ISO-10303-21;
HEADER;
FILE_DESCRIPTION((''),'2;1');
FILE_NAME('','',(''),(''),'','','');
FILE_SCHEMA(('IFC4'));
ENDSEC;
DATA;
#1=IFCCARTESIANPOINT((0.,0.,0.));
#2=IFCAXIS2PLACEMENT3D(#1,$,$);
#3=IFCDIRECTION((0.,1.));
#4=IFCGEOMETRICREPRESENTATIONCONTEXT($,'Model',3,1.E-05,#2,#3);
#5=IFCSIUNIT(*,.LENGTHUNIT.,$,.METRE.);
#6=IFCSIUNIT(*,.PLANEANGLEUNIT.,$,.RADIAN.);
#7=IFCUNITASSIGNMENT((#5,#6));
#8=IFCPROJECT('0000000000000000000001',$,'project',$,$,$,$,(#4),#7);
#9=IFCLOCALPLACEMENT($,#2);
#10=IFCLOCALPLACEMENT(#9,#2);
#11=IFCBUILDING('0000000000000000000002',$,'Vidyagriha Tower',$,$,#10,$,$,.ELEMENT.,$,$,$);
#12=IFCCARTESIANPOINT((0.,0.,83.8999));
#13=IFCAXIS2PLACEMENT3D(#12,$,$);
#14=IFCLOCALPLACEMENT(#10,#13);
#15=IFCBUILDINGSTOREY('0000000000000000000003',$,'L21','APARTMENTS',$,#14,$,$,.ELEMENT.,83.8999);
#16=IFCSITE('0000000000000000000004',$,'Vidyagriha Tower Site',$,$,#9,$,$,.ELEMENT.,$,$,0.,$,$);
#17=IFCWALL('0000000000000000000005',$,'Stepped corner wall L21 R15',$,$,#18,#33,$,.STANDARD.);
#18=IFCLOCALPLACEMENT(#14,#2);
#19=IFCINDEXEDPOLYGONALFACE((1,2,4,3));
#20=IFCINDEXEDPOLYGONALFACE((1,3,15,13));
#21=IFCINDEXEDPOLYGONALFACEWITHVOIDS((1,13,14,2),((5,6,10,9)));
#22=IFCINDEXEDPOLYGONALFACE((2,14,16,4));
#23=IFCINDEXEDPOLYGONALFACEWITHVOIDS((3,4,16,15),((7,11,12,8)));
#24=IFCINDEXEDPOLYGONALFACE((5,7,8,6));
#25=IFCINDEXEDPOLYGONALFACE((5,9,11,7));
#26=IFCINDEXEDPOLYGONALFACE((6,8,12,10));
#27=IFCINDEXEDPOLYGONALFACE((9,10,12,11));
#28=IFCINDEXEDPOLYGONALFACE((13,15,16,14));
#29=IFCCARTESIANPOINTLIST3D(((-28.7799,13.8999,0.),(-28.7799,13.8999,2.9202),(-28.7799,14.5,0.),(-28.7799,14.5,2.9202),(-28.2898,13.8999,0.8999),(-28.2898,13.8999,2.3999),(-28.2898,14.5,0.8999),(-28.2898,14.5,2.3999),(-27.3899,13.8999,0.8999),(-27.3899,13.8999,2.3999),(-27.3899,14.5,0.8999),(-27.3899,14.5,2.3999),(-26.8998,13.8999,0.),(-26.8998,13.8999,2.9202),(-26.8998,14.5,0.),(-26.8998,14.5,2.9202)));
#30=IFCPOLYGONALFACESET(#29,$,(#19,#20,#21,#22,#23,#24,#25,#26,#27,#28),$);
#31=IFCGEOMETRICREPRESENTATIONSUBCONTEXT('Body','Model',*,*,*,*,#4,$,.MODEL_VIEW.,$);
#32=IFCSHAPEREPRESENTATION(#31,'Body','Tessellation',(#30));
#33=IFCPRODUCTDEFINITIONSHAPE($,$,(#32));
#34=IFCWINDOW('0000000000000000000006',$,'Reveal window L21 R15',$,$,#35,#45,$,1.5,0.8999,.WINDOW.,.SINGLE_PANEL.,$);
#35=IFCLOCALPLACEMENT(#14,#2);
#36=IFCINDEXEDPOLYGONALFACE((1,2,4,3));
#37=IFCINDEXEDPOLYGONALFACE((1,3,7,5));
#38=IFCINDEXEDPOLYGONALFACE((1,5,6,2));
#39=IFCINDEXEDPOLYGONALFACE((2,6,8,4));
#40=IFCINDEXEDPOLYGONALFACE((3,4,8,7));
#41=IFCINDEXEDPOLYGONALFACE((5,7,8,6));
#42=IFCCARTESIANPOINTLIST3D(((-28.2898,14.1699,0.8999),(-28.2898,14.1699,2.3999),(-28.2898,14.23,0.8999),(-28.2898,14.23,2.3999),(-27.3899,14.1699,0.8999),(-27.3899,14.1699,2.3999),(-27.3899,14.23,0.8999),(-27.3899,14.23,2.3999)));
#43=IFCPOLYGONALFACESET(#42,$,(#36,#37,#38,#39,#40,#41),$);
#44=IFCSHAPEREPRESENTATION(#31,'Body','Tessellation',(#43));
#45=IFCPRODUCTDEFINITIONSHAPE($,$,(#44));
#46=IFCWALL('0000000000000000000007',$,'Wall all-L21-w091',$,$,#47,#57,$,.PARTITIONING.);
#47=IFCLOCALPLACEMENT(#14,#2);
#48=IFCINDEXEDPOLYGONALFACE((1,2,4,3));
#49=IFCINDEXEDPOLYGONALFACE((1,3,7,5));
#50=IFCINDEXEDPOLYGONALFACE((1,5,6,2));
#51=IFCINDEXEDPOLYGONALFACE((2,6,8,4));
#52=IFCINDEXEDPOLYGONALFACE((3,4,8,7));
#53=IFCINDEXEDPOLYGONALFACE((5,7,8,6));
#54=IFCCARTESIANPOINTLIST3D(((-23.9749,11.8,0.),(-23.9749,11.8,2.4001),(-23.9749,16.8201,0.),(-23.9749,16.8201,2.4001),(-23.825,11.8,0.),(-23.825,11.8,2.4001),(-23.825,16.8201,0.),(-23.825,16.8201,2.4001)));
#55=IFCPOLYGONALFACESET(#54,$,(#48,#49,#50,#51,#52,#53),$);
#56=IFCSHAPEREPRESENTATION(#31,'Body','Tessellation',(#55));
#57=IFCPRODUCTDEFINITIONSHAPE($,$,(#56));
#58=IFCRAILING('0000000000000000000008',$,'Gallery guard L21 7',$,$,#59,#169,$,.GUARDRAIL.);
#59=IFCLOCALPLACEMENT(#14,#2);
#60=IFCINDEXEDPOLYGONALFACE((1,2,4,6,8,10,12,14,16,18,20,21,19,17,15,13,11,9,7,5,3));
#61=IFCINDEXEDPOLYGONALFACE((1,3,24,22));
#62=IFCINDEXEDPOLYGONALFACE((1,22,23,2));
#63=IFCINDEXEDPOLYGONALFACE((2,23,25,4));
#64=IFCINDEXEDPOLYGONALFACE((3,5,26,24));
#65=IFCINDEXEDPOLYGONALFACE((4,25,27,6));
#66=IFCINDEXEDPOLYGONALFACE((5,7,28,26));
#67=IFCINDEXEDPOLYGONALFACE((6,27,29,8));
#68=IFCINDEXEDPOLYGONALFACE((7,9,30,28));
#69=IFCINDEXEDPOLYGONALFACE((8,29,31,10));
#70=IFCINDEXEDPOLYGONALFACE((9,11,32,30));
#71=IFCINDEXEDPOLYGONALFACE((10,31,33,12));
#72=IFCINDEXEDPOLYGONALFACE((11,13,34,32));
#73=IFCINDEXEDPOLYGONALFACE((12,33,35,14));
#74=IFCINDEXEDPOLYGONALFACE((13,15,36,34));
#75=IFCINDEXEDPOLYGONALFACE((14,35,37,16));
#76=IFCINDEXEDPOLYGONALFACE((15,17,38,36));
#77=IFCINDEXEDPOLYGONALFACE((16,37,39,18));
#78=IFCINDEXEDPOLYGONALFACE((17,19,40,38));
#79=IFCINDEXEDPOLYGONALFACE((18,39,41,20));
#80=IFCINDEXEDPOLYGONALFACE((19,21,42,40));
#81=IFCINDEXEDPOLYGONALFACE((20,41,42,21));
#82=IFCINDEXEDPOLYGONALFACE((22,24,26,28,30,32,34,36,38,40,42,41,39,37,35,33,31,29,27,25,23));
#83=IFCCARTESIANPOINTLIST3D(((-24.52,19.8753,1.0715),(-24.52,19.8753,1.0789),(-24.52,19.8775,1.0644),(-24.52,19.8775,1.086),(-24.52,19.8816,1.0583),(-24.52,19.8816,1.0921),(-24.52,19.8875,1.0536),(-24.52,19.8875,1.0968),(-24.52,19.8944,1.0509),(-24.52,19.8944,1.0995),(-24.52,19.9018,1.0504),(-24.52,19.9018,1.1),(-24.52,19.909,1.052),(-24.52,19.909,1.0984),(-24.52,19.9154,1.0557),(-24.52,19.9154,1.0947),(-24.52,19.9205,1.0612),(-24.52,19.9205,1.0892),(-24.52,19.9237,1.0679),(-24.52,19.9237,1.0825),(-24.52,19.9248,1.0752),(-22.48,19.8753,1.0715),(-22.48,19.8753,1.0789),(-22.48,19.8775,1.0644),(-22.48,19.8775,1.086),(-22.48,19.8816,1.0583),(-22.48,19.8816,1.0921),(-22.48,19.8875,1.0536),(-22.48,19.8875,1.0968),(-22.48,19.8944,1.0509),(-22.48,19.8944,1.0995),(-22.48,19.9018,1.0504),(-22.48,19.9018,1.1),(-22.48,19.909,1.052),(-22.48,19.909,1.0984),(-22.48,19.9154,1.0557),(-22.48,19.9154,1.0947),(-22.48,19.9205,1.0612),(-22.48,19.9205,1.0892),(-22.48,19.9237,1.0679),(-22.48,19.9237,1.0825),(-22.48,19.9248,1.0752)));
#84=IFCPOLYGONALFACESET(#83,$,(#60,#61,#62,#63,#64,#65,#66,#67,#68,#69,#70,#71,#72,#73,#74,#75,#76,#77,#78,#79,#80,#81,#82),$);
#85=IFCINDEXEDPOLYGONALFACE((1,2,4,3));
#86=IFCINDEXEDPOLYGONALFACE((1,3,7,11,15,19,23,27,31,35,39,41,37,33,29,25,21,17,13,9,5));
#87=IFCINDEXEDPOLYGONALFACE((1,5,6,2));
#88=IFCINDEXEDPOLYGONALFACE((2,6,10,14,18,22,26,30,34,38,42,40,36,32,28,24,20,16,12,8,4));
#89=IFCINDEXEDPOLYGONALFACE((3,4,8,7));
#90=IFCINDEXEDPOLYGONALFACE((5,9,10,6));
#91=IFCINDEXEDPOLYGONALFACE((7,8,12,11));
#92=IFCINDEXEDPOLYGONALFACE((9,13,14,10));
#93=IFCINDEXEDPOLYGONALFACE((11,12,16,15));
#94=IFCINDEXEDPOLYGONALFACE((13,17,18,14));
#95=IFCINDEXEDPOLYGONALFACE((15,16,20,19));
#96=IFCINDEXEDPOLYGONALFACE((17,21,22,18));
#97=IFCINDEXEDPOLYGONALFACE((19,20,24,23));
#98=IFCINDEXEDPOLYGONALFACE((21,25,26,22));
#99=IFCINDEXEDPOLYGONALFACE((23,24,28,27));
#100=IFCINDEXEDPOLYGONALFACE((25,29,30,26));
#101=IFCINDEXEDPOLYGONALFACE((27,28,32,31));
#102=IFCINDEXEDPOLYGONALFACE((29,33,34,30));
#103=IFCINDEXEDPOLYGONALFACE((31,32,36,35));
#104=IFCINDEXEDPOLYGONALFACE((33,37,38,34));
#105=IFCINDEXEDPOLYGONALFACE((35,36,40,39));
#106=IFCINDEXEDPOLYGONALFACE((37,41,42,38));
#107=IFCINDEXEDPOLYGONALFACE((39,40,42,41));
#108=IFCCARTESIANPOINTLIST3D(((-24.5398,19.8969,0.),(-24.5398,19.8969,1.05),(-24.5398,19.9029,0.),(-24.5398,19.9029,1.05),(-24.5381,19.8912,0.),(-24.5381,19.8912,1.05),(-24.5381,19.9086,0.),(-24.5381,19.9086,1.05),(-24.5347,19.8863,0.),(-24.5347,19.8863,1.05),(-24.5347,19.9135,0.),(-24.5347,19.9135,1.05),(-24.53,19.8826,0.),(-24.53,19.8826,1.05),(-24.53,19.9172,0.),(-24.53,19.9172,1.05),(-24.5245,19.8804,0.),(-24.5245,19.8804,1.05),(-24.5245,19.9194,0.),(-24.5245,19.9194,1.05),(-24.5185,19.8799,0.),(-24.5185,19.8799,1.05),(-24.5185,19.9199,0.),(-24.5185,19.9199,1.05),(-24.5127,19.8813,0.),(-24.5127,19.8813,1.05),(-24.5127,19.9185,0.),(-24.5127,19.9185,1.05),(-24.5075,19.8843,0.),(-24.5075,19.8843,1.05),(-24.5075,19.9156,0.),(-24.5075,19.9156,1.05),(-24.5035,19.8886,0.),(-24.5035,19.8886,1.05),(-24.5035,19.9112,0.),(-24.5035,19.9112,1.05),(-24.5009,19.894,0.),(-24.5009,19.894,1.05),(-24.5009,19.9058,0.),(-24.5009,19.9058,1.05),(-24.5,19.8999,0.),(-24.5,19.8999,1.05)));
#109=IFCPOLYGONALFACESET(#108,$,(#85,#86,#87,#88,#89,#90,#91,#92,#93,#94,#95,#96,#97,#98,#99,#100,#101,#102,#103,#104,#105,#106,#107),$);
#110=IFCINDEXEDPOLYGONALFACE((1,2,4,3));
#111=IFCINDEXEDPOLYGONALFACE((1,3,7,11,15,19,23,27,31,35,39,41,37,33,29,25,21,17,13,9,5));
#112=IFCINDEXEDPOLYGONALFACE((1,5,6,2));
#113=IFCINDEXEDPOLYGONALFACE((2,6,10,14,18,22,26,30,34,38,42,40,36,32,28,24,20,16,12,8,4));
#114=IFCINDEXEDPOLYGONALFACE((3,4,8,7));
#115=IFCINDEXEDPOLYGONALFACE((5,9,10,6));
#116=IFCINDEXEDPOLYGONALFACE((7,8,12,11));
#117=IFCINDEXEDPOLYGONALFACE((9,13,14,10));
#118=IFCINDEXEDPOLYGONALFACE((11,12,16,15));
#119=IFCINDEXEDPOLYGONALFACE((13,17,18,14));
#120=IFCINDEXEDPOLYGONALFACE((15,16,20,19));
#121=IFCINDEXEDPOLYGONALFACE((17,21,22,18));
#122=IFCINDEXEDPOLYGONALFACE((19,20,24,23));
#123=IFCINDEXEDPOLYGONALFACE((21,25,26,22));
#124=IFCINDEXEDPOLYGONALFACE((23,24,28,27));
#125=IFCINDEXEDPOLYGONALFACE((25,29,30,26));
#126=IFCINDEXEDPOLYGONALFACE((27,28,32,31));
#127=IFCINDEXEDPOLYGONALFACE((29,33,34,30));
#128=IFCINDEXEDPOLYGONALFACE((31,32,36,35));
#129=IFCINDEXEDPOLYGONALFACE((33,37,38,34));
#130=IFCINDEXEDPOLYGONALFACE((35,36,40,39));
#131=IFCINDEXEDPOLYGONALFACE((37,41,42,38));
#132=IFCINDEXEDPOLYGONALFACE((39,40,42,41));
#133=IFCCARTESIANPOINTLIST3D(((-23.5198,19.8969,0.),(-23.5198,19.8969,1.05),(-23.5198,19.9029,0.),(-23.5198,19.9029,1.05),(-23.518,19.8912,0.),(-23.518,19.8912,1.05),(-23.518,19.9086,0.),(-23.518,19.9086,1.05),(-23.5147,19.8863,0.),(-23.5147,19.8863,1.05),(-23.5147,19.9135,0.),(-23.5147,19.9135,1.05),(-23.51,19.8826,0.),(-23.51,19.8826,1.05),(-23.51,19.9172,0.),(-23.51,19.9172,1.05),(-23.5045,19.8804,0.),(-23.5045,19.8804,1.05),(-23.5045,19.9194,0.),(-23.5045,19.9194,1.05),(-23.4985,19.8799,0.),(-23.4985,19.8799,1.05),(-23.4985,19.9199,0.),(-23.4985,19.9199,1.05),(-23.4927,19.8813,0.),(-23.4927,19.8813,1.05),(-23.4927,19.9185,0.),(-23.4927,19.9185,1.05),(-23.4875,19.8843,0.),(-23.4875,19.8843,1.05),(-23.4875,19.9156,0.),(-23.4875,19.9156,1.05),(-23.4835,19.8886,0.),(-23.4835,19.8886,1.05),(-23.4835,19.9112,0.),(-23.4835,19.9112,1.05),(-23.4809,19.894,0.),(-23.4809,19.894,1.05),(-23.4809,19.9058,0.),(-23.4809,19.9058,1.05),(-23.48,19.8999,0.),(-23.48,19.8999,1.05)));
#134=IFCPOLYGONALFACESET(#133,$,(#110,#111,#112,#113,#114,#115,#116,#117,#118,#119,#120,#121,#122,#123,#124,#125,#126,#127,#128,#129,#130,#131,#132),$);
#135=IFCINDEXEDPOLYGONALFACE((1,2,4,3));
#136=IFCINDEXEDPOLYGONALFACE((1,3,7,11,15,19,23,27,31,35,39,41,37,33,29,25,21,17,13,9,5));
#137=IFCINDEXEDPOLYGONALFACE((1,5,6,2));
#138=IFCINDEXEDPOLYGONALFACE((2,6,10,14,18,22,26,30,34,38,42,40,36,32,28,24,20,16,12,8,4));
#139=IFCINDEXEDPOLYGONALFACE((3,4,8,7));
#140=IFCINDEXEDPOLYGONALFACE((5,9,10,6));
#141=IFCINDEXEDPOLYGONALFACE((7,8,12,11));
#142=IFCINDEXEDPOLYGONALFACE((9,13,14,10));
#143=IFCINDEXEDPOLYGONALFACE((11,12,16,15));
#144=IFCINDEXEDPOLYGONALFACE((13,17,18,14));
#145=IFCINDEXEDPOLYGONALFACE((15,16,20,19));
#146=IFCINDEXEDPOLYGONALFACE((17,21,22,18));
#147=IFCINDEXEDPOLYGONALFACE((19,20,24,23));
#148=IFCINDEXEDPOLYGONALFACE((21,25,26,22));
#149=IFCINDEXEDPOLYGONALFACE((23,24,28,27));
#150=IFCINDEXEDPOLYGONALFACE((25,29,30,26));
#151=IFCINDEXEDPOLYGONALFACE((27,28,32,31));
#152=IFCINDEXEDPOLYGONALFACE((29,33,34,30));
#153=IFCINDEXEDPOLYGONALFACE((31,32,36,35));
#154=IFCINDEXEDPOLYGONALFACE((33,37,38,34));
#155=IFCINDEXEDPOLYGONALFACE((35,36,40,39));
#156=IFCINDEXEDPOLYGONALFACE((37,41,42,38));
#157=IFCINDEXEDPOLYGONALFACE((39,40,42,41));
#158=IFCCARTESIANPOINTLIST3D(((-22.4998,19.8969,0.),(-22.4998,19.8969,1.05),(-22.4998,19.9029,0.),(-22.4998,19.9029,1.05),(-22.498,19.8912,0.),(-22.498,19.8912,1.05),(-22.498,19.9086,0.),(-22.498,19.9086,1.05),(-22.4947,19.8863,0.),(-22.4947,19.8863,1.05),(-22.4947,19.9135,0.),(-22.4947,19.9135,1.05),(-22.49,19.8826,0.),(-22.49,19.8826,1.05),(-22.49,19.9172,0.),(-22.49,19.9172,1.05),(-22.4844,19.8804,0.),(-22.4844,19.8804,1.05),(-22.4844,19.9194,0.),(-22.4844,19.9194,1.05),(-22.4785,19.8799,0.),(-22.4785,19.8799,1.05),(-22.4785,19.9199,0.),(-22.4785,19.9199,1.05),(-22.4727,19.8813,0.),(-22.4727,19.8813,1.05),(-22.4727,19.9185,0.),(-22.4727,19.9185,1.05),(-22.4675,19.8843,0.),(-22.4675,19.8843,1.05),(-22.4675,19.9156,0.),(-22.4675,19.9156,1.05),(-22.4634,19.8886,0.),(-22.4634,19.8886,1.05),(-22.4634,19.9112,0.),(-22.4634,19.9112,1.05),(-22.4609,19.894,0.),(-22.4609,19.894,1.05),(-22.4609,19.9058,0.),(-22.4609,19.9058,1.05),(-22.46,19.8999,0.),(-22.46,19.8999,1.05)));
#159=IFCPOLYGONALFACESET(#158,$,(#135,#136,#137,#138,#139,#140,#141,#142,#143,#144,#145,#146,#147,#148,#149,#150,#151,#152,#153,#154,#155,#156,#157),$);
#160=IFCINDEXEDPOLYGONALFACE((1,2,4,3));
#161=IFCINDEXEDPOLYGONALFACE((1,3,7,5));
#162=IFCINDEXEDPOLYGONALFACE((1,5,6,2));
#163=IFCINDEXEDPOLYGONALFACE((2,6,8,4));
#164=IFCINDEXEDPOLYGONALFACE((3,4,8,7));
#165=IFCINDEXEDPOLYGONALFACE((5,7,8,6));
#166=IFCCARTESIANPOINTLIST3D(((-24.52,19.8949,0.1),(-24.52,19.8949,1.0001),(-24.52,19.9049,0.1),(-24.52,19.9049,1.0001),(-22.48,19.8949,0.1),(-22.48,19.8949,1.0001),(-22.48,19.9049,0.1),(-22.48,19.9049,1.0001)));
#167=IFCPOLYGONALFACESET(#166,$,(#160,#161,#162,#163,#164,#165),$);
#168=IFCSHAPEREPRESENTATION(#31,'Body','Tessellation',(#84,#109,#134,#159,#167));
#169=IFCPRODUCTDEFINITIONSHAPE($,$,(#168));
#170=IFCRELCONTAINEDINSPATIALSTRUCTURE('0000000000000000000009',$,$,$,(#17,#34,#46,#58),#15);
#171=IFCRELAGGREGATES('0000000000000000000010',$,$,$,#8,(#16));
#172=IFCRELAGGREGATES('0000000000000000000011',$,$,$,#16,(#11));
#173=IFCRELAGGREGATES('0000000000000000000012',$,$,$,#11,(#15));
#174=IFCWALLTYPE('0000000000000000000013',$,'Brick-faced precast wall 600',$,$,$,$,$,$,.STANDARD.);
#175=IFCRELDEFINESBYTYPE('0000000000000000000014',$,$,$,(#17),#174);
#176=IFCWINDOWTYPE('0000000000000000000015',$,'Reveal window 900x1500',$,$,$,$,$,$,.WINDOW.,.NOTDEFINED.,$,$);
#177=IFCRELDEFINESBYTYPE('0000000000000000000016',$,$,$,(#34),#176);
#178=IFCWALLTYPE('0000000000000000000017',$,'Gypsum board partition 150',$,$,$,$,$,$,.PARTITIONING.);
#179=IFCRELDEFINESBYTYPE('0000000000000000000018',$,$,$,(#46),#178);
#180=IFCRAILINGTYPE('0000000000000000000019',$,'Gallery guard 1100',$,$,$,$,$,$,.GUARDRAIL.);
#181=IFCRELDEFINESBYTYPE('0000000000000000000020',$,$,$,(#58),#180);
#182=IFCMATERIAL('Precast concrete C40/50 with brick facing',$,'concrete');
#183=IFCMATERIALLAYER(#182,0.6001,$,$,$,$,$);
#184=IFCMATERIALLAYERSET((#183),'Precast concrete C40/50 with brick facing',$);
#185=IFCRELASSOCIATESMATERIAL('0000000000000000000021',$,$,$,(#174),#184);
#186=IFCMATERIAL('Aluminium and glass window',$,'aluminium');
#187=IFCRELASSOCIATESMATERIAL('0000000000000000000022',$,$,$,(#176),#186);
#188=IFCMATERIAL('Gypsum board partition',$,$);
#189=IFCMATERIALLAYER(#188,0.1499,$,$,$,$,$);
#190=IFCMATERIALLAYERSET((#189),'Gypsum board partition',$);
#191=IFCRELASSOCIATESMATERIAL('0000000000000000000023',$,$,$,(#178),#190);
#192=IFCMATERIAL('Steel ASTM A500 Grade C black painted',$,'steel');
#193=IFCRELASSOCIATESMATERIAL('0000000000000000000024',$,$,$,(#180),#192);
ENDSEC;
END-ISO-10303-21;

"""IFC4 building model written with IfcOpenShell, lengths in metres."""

from ifc_helpers import new_model, si_unit, direction, frame, frame_2d, origin, origin_2d, place, context, subcontext, project, spatial, rectangle, circle, extrude, material, layer, layer_set, type_object, element, fill, save


model = new_model("IFC4")

# Units and contexts
model_context = context("Model", 3, precision=1e-05, world=origin(), true_north=direction((0.0, 1.0)))
body_context = subcontext(model_context, "Body", "Model", "MODEL_VIEW")
ifc_project = project(units=[si_unit("LENGTHUNIT", "METRE"), si_unit("PLANEANGLEUNIT", "RADIAN")], contexts=[model_context])

# Site, building, storey
site_placement = place(None, origin())
site = spatial("IfcSite", under=ifc_project, at=site_placement, Name="Vidyagriha Tower Site", CompositionType="ELEMENT", RefElevation=0.0)
building_placement = place(site_placement, origin())
building = spatial("IfcBuilding", under=site, at=building_placement, Name="Vidyagriha Tower", CompositionType="ELEMENT")
storey_placement = place(building_placement, frame((0.0, 0.0, 83.8999)))
storey = spatial("IfcBuildingStorey", under=building, at=storey_placement, Name="L21", Description="APARTMENTS", CompositionType="ELEMENT", Elevation=83.8999)

# Shared definitions
ifc_material_1 = material(Name="Precast concrete C40/50 with brick facing", Category="concrete")
ifc_layer_1 = layer(ifc_material_1, 0.6001)
ifc_layer_set_1 = layer_set([ifc_layer_1], Name="Precast concrete C40/50 with brick facing")
wall_type_1 = type_object("IfcWallType", Name="Brick-faced precast wall 600", PredefinedType="STANDARD", material=ifc_layer_set_1)

# Shared definitions
ifc_material_2 = material(Name="Aluminium and glass window", Category="aluminium")
window_type = type_object("IfcWindowType", Name="Reveal window 900x1500", PartitioningType="NOTDEFINED", PredefinedType="WINDOW", material=ifc_material_2)

# Wall, opening, window
wall_1_placement = place(storey_placement, frame((-26.8999, 14.2, 0.0), z_axis=(0.0, 0.0, 1.0), x_axis=(-1.0, 0.0, 0.0)))
wall_1 = element("IfcWall", 1, at=wall_1_placement, inside=storey, type_object=wall_type_1, Name="Stepped corner wall L21 R15", PredefinedType="STANDARD", context=body_context, shape_type="SweptSolid", body=[
    extrude(rectangle(XDim=1.8801, YDim=0.6001, at=frame_2d((0.9399, 0.0))), origin(), (0.0, 0.0, 1.0), 2.9202),
])
opening_1_placement = place(wall_1_placement, frame((0.49, 0.0, 0.8999)))
opening_1 = element("IfcOpeningElement", 2, at=opening_1_placement, cuts=wall_1, PredefinedType="OPENING", context=body_context, shape_type="SweptSolid", body=[
    extrude(rectangle(XDim=0.8999, YDim=1.5, at=frame_2d((0.45, 0.75))), frame((0.0, 0.3101, 0.0), z_axis=(0.0, -1.0, 0.0), x_axis=(1.0, 0.0, 0.0)), (0.0, 0.0, 1.0), 0.6201),
])
window_1_placement = place(opening_1_placement, origin())
window_1 = element("IfcWindow", 3, at=window_1_placement, inside=storey, type_object=window_type, Name="Reveal window L21 R15", OverallHeight=1.5, OverallWidth=0.8999, PartitioningType="SINGLE_PANEL", PredefinedType="WINDOW", context=body_context, shape_type="SweptSolid", body=[
    extrude(rectangle(XDim=0.8999, YDim=1.5, at=frame_2d((0.45, 0.75))), frame((0.0, 0.03, 0.0), z_axis=(0.0, -1.0, 0.0), x_axis=(1.0, 0.0, 0.0)), (0.0, 0.0, 1.0), 0.0601),
])
fill(opening_1, window_1)

# Wall
ifc_material_3 = material(Name="Gypsum board partition")
ifc_layer_2 = layer(ifc_material_3, 0.1499)
ifc_layer_set_2 = layer_set([ifc_layer_2], Name="Gypsum board partition")
wall_type_2 = type_object("IfcWallType", Name="Gypsum board partition 150", PredefinedType="PARTITIONING", material=ifc_layer_set_2)
wall_2_placement = place(storey_placement, frame((-23.8999, 16.8201, 0.0), z_axis=(0.0, 0.0, 1.0), x_axis=(0.0, -1.0, 0.0)))
element("IfcWall", 4, at=wall_2_placement, inside=storey, type_object=wall_type_2, Name="Wall all-L21-w091", PredefinedType="PARTITIONING", context=body_context, shape_type="SweptSolid", body=[
    extrude(rectangle(XDim=5.02, YDim=0.1499, at=frame_2d((2.51, 0.0))), origin(), (0.0, 0.0, 1.0), 2.4001),
])

# Railing
ifc_material_4 = material(Name="Steel ASTM A500 Grade C black painted", Category="steel")
railing_type = type_object("IfcRailingType", Name="Gallery guard 1100", PredefinedType="GUARDRAIL", material=ifc_material_4)
railing_1_placement = place(storey_placement, frame((-24.52, 19.8999, 0.0)))
element("IfcRailing", 5, at=railing_1_placement, inside=storey, type_object=railing_type, Name="Gallery guard L21 7", PredefinedType="GUARDRAIL", context=body_context, shape_type="SweptSolid", body=[
    extrude(circle(Radius=0.0249, at=origin_2d()), frame((0.0, 0.0, 1.0752), z_axis=(1.0, 0.0, 0.0), x_axis=(0.0, 1.0, 0.0)), (0.0, 0.0, 1.0), 2.04),
    extrude(circle(Radius=0.02, at=origin_2d()), origin(), (0.0, 0.0, 1.0), 1.05),
    extrude(circle(Radius=0.02, at=origin_2d()), frame((1.02, 0.0, 0.0)), (0.0, 0.0, 1.0), 1.05),
    extrude(circle(Radius=0.02, at=origin_2d()), frame((2.04, 0.0, 0.0)), (0.0, 0.0, 1.0), 1.05),
    extrude(rectangle(XDim=0.01, YDim=0.9001, at=origin_2d()), frame((0.0, 0.0, 0.55), z_axis=(1.0, 0.0, 0.0), x_axis=(0.0, 1.0, 0.0)), (0.0, 0.0, 1.0), 2.04),
])

save(model, "model.ifc")
